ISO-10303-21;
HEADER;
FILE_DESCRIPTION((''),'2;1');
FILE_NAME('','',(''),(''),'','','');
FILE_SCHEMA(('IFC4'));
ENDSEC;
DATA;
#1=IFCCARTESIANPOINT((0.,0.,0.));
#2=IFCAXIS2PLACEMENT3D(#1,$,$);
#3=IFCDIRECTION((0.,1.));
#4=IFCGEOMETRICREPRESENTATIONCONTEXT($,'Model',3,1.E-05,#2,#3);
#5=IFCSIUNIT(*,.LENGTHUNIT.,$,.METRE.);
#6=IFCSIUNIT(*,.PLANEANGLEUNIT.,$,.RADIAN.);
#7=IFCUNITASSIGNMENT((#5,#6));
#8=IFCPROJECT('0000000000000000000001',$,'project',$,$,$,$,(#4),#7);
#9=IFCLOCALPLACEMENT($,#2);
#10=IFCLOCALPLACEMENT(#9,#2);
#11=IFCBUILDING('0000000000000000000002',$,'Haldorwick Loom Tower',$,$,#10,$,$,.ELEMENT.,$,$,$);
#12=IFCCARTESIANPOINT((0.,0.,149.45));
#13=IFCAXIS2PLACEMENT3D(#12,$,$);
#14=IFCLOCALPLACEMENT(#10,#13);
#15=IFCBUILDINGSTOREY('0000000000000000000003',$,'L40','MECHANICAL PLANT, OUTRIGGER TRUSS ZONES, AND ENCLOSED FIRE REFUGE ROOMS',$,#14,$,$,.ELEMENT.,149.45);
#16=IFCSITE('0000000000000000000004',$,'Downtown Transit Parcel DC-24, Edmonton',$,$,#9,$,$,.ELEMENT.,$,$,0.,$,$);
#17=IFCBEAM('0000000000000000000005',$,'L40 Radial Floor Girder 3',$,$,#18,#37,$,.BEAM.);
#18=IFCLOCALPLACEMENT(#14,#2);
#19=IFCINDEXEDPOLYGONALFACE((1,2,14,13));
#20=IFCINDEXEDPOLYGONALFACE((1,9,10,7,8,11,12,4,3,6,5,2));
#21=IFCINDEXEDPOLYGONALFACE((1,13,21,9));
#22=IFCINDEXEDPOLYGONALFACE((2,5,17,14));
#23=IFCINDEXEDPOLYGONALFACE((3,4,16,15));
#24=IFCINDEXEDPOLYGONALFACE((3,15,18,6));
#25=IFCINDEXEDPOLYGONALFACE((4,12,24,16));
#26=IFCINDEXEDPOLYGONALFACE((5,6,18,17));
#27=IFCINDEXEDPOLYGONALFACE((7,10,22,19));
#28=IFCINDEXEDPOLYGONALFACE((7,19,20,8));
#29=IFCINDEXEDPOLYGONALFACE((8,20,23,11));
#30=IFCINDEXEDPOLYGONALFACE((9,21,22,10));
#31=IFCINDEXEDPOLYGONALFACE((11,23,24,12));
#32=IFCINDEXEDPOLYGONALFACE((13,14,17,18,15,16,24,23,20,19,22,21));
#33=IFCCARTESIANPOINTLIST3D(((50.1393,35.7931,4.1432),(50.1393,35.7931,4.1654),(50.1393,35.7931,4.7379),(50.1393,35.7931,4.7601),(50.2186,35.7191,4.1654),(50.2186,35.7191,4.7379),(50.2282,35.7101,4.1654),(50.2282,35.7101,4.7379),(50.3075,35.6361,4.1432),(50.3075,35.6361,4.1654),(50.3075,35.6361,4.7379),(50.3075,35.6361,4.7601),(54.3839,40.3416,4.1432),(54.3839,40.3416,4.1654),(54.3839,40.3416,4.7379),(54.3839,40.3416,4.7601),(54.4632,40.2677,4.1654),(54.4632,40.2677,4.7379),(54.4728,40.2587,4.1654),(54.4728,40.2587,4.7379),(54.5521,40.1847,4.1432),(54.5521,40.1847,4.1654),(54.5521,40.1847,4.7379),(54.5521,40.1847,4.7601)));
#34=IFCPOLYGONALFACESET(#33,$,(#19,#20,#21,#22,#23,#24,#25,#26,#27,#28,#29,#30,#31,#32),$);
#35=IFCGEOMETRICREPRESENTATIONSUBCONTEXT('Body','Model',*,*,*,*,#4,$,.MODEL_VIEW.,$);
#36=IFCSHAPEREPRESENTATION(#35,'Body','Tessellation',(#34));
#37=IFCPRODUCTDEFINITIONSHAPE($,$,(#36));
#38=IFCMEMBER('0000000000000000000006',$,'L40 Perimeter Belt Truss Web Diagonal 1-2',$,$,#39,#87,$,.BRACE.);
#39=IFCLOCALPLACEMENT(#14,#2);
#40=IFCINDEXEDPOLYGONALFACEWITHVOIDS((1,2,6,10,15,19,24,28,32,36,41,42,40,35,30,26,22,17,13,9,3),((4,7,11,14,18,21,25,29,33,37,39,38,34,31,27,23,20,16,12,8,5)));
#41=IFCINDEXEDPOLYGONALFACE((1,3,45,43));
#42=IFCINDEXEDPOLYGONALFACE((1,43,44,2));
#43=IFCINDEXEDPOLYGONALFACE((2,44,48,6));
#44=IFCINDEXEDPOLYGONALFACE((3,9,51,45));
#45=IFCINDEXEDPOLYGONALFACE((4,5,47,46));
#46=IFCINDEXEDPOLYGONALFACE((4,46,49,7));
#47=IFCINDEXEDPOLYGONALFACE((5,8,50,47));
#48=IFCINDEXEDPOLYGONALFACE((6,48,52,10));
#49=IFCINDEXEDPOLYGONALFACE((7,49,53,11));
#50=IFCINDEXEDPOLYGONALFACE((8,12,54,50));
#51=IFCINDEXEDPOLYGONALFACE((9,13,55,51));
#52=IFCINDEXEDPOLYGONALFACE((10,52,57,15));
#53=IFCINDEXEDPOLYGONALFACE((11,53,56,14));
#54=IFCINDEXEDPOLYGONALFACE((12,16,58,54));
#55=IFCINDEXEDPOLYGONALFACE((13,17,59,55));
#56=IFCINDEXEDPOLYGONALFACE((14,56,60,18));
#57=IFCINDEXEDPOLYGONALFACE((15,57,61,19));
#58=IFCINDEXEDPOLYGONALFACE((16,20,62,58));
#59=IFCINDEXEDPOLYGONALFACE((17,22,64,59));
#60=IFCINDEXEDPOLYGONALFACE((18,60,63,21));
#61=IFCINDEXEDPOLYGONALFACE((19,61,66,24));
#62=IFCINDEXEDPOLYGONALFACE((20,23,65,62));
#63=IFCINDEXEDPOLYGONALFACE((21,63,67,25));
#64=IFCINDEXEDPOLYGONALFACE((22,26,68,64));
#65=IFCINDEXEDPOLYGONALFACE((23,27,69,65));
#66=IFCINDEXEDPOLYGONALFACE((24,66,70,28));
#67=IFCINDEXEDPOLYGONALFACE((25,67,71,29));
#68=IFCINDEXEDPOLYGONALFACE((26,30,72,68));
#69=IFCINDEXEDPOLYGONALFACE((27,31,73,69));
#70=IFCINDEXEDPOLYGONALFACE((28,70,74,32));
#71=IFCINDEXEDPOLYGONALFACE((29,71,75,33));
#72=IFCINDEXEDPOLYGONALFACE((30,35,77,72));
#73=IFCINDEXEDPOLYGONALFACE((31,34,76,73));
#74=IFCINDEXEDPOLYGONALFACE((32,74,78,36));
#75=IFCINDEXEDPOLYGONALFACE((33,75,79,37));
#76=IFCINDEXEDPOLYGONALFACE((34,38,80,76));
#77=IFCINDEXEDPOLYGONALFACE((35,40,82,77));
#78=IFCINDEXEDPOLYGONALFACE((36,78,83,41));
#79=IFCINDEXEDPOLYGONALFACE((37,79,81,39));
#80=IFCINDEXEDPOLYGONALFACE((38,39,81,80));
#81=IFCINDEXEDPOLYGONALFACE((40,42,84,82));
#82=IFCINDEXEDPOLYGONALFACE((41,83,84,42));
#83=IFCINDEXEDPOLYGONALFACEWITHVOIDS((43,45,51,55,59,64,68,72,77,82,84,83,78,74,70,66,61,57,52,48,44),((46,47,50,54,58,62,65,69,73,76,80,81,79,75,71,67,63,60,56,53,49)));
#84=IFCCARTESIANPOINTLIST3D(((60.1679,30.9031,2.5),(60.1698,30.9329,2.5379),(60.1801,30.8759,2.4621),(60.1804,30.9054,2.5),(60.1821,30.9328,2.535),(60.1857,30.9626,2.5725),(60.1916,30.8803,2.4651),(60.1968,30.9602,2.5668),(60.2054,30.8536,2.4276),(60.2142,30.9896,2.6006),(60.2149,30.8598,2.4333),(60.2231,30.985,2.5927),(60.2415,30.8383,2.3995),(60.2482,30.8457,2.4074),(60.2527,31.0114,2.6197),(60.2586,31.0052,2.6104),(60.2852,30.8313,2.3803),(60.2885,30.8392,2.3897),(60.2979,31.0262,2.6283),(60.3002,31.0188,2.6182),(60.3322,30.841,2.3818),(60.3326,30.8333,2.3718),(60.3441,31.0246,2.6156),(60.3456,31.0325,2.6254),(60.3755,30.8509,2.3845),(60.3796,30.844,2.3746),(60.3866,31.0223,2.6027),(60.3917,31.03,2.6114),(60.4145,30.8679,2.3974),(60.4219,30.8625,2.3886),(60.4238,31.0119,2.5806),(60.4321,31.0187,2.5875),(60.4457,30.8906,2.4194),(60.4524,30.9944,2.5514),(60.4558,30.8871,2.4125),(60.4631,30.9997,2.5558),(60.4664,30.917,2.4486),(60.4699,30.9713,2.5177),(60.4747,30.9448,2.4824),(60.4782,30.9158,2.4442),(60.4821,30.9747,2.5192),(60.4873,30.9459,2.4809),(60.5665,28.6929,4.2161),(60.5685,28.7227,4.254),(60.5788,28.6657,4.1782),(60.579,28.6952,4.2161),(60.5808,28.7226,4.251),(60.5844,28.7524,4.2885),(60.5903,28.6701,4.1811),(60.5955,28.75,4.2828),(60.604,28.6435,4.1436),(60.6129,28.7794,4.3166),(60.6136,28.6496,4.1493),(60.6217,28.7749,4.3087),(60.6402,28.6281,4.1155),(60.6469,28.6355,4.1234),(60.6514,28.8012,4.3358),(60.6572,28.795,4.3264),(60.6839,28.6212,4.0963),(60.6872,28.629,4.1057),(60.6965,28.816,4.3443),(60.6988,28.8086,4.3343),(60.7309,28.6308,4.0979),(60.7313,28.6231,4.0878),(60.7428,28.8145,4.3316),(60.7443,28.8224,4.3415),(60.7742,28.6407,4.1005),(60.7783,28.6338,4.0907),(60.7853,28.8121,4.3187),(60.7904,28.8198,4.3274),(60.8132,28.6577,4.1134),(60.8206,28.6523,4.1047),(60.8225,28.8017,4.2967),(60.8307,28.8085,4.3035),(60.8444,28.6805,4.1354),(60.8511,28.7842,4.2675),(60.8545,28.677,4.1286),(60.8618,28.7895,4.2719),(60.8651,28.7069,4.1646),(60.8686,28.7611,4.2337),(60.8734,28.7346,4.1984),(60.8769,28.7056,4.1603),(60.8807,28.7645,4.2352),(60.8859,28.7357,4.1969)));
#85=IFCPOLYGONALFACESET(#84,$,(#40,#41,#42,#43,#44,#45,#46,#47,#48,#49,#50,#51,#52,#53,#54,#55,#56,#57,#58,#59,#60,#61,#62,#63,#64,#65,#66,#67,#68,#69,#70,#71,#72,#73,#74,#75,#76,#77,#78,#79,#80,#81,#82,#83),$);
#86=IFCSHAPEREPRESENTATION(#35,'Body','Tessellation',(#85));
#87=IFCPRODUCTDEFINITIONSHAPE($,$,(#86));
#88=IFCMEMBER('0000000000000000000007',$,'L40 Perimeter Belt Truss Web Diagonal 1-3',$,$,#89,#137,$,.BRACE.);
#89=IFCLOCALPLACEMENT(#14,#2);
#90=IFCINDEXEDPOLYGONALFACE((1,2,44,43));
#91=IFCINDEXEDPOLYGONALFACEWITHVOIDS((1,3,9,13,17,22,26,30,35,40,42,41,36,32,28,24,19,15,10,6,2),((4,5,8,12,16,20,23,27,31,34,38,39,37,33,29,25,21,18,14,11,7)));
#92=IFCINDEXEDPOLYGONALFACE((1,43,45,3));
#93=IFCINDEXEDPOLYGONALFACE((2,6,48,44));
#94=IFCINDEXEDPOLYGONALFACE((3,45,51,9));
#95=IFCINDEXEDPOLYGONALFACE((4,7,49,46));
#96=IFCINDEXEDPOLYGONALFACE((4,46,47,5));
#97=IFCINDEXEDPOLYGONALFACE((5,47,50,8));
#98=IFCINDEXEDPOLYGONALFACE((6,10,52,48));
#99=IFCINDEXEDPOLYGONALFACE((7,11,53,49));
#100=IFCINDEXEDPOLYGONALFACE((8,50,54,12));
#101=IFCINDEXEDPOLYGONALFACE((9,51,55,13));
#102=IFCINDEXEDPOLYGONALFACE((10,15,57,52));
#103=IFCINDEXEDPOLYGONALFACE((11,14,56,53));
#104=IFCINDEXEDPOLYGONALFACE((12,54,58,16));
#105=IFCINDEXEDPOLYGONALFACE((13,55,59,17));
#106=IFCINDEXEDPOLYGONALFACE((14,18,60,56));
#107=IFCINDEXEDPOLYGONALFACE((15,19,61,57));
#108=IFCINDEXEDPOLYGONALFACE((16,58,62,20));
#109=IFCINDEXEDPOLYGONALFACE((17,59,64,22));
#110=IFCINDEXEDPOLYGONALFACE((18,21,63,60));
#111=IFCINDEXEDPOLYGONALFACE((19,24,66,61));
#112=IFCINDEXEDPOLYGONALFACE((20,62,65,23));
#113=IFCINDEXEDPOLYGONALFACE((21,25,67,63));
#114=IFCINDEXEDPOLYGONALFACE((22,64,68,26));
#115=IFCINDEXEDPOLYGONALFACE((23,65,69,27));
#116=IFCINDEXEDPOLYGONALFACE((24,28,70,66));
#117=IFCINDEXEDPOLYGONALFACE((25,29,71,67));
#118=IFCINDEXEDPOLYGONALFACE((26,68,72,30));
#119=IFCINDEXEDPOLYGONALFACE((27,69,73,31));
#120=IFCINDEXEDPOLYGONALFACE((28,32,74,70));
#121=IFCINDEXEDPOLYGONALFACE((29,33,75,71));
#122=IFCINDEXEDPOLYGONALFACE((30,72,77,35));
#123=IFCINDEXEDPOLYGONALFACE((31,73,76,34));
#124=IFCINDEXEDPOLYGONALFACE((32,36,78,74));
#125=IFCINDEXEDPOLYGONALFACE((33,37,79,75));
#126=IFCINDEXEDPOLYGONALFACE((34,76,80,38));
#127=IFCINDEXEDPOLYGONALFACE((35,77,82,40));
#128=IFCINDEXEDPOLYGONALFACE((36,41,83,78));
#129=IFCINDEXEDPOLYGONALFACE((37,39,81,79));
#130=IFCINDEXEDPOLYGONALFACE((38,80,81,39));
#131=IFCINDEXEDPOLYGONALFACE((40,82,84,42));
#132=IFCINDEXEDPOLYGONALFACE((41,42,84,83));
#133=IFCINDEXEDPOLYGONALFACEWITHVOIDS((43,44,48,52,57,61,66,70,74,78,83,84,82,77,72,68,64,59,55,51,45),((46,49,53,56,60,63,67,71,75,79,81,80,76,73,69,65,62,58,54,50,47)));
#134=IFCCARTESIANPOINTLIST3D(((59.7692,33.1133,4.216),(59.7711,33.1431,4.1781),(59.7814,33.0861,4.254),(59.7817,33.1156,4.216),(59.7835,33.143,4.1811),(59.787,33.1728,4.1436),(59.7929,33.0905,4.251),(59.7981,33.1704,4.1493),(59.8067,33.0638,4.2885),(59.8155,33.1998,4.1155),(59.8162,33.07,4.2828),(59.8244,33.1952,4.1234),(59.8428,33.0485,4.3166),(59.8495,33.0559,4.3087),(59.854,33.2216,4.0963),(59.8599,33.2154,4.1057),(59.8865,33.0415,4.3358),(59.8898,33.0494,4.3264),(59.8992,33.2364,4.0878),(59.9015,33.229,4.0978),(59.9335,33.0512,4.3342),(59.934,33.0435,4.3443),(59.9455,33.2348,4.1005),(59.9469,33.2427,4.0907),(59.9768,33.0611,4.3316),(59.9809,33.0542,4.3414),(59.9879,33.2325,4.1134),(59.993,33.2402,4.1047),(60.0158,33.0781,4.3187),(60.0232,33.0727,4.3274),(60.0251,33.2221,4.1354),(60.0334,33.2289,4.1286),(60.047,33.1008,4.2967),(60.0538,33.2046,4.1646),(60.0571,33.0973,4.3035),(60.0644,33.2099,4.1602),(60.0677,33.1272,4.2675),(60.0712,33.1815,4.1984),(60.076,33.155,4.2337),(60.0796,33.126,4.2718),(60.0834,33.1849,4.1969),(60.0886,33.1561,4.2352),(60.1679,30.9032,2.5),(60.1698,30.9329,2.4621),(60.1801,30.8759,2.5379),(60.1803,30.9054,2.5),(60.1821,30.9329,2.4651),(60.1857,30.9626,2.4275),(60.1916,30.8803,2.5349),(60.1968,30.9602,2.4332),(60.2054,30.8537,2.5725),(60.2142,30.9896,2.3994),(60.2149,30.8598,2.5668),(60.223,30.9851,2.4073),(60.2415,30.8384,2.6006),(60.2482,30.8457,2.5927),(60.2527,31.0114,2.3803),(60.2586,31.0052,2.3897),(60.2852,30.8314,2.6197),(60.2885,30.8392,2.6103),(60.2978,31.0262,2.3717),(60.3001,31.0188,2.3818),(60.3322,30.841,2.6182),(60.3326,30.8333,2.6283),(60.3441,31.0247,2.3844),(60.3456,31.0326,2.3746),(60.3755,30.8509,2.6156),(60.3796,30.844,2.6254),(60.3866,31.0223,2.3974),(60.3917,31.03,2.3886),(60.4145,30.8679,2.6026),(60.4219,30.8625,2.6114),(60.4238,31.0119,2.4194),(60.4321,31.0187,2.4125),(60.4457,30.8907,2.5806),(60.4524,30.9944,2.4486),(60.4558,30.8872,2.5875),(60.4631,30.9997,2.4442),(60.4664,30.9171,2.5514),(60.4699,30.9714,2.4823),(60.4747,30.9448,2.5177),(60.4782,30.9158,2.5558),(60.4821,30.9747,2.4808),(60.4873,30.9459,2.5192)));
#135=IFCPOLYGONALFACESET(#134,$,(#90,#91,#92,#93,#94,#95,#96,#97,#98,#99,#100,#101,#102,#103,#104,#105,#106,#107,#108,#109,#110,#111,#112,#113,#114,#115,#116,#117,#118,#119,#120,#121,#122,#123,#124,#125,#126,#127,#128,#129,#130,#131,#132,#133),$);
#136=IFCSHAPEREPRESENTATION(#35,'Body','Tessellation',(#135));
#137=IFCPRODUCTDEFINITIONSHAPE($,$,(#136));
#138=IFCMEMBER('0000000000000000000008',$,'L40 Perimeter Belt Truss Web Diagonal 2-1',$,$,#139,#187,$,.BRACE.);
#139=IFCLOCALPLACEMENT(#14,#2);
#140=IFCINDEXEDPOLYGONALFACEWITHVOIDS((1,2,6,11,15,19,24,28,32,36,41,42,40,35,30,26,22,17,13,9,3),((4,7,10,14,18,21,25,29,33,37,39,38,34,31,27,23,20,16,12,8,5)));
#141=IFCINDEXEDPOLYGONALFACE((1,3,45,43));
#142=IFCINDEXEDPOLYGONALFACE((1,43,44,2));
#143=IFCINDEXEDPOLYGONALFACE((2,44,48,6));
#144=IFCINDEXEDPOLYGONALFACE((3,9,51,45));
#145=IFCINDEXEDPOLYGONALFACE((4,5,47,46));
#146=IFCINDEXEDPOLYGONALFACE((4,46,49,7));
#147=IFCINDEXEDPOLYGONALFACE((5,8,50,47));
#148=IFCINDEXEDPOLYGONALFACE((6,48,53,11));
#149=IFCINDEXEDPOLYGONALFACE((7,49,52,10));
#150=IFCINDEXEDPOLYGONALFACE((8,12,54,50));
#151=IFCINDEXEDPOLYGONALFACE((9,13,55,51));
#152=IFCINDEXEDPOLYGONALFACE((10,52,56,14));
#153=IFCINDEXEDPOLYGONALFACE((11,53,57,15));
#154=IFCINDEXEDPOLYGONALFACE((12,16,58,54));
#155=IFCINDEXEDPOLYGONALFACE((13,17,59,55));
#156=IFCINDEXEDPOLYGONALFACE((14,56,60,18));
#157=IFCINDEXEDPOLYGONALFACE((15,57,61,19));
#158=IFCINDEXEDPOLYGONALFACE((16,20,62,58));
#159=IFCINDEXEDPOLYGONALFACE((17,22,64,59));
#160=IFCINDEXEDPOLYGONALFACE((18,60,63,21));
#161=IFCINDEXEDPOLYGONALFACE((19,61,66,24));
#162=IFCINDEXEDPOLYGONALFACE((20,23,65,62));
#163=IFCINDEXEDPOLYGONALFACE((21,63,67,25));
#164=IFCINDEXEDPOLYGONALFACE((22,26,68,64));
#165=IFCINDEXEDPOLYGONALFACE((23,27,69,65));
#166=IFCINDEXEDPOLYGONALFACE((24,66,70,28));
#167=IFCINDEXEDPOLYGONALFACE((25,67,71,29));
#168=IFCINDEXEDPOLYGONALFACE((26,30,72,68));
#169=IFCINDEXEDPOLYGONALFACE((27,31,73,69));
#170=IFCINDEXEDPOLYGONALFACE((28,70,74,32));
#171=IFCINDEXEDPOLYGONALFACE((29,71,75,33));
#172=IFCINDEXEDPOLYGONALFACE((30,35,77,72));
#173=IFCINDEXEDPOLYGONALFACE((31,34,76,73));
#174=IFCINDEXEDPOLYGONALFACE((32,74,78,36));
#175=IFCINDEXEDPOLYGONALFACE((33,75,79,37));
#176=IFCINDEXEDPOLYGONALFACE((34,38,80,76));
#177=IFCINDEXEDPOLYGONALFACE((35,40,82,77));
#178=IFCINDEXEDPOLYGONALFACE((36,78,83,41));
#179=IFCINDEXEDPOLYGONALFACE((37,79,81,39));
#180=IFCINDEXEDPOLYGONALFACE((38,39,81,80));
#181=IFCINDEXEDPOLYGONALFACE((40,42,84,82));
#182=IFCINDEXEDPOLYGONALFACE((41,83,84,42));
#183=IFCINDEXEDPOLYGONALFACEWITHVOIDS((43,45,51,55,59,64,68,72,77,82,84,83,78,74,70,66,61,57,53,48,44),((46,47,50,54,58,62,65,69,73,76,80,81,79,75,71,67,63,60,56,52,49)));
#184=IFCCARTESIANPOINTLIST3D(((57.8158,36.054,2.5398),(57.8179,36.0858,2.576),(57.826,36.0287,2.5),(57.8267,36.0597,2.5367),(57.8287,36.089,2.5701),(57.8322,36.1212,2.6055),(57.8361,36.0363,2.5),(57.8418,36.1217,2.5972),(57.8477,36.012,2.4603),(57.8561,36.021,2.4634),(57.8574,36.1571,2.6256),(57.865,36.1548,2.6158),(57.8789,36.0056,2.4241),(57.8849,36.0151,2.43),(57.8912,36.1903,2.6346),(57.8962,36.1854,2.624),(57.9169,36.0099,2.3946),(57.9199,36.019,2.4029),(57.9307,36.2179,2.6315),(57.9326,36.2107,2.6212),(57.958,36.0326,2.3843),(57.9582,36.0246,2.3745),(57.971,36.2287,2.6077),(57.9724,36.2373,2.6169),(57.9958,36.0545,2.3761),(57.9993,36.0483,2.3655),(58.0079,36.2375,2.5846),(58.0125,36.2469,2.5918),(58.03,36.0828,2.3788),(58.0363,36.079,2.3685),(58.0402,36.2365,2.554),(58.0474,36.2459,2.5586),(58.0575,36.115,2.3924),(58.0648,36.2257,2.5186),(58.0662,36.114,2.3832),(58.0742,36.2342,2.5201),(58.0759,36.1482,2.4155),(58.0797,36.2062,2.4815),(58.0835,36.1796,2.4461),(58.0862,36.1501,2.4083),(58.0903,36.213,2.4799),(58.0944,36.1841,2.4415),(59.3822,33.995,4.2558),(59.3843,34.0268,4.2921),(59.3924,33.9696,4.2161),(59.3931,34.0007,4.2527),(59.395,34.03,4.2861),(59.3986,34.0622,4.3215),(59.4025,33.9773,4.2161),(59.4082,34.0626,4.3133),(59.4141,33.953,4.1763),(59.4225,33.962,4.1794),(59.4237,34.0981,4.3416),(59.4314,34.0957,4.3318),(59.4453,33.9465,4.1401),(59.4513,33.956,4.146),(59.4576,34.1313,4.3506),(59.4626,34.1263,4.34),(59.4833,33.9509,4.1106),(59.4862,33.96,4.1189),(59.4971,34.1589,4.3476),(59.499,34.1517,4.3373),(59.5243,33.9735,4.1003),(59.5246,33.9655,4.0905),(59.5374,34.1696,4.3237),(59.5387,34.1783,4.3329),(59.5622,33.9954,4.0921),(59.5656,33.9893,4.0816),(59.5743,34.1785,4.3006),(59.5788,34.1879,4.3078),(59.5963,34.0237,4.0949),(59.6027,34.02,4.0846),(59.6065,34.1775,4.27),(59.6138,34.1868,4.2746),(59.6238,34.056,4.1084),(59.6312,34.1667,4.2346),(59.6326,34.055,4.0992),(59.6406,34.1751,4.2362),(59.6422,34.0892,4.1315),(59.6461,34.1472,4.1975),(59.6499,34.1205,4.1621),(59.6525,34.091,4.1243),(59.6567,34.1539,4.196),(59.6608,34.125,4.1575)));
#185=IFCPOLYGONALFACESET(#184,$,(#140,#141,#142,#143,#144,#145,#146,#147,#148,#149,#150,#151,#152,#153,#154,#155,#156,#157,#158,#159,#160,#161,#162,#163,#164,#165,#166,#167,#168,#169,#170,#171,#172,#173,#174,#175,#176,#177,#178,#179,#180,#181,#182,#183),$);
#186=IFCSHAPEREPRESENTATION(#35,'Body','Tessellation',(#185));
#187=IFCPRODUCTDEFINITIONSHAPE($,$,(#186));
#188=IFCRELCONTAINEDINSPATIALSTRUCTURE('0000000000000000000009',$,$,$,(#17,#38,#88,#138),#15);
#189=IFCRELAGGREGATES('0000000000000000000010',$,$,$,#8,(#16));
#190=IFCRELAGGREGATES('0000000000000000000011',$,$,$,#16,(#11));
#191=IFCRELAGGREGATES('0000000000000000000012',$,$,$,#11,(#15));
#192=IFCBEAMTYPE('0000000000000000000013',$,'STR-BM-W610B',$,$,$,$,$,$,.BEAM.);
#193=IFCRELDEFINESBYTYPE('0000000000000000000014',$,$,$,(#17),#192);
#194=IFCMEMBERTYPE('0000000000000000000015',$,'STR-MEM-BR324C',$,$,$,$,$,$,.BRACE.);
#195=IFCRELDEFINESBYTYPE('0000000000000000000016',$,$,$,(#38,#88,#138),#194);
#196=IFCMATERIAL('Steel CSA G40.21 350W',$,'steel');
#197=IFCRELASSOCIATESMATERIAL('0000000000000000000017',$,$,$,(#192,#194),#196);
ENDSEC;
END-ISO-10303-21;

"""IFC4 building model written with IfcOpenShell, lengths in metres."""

from ifc_helpers import new_model, si_unit, direction, frame, origin, origin_2d, place, context, subcontext, project, spatial, hollow_circle, i_section, extrude, material, material_profile, profile_set, type_object, element, save


model = new_model("IFC4")

# Units and contexts
model_context = context("Model", 3, precision=1e-05, world=origin(), true_north=direction((0.0, 1.0)))
body_context = subcontext(model_context, "Body", "Model", "MODEL_VIEW")
ifc_project = project(units=[si_unit("LENGTHUNIT", "METRE"), si_unit("PLANEANGLEUNIT", "RADIAN")], contexts=[model_context])

# Site, building, storey
site_placement = place(None, origin())
site = spatial("IfcSite", under=ifc_project, at=site_placement, Name="Downtown Transit Parcel DC-24, Edmonton", CompositionType="ELEMENT", RefElevation=0.0)
building_placement = place(site_placement, origin())
building = spatial("IfcBuilding", under=site, at=building_placement, Name="Haldorwick Loom Tower", CompositionType="ELEMENT")
storey_placement = place(building_placement, frame((0.0, 0.0, 149.45)))
storey = spatial("IfcBuildingStorey", under=building, at=storey_placement, Name="L40", Description="MECHANICAL PLANT, OUTRIGGER TRUSS ZONES, AND ENCLOSED FIRE REFUGE ROOMS", CompositionType="ELEMENT", Elevation=149.45)

# Beam
ifc_material_1 = material(Name="Steel CSA G40.21 350W", Category="steel")
ifc_material_profile_1 = material_profile(ifc_material_1, i_section(OverallWidth=0.23, OverallDepth=0.6169, WebThickness=0.0132, FlangeThickness=0.0222, at=origin_2d()), Name="W610X140", Category="steel")
ifc_profile_set_1 = profile_set([ifc_material_profile_1], Name="Steel CSA G40.21 350W")
beam_type_1 = type_object("IfcBeamType", Name="STR-BM-W610B", PredefinedType="BEAM", material=ifc_profile_set_1)
beam_1_placement = place(storey_placement, frame((50.2234, 35.7146, 4.4517), z_axis=(0.682257, 0.731113, 0.0), x_axis=(-0.731113, 0.682257, 0.0)))
element("IfcBeam", 1, at=beam_1_placement, inside=storey, type_object=beam_type_1, Name="L40 Radial Floor Girder 3", PredefinedType="BEAM", context=body_context, shape_type="SweptSolid", body=[
    extrude(i_section(OverallWidth=0.23, OverallDepth=0.6169, WebThickness=0.0132, FlangeThickness=0.0222, at=origin_2d()), origin(), (0.0, 0.0, 1.0), 6.2214),
])

# Members
ifc_material_profile_2 = material_profile(ifc_material_1, hollow_circle(Radius=0.1619, WallThickness=0.0127, at=origin_2d()), Name="HSS324X13", Category="steel")
ifc_profile_set_2 = profile_set([ifc_material_profile_2], Name="Steel CSA G40.21 350W")
member_type_1 = type_object("IfcMemberType", Name="STR-MEM-BR324C", PredefinedType="BRACE", material=ifc_profile_set_2)
for number, where, z_axis, x_axis, name in (
    (2, (60.7258, 28.7217, 4.2161), (-0.141054, 0.781972, -0.607144), (-0.984118, -0.177517, 0.0), "L40 Perimeter Belt Truss Web Diagonal 1-2"),
    (3, (60.3271, 30.9319, 2.5), (-0.141054, 0.781972, 0.607144), (-0.984118, -0.177517, 0.0), "L40 Perimeter Belt Truss Web Diagonal 1-3"),
):
    element("IfcMember", number, at=place(storey_placement, frame(where, z_axis=z_axis, x_axis=x_axis)), inside=storey, type_object=member_type_1, Name=name, PredefinedType="BRACE", context=body_context, shape_type="SweptSolid", body=[
        extrude(hollow_circle(Radius=0.1619, WallThickness=0.0127, at=origin_2d()), origin(), (0.0, 0.0, 1.0), 2.8264),
    ])
member_1_placement = place(storey_placement, frame((59.5212, 34.0676, 4.2161), z_axis=(-0.504549, 0.663243, -0.552755), x_axis=(-0.795882, -0.605452, 0.0)))
element("IfcMember", 4, at=member_1_placement, inside=storey, type_object=member_type_1, Name="L40 Perimeter Belt Truss Web Diagonal 2-1", PredefinedType="BRACE", context=body_context, shape_type="SweptSolid", body=[
    extrude(hollow_circle(Radius=0.1619, WallThickness=0.0127, at=origin_2d()), origin(), (0.0, 0.0, 1.0), 3.1045),
])

save(model, "model.ifc")
